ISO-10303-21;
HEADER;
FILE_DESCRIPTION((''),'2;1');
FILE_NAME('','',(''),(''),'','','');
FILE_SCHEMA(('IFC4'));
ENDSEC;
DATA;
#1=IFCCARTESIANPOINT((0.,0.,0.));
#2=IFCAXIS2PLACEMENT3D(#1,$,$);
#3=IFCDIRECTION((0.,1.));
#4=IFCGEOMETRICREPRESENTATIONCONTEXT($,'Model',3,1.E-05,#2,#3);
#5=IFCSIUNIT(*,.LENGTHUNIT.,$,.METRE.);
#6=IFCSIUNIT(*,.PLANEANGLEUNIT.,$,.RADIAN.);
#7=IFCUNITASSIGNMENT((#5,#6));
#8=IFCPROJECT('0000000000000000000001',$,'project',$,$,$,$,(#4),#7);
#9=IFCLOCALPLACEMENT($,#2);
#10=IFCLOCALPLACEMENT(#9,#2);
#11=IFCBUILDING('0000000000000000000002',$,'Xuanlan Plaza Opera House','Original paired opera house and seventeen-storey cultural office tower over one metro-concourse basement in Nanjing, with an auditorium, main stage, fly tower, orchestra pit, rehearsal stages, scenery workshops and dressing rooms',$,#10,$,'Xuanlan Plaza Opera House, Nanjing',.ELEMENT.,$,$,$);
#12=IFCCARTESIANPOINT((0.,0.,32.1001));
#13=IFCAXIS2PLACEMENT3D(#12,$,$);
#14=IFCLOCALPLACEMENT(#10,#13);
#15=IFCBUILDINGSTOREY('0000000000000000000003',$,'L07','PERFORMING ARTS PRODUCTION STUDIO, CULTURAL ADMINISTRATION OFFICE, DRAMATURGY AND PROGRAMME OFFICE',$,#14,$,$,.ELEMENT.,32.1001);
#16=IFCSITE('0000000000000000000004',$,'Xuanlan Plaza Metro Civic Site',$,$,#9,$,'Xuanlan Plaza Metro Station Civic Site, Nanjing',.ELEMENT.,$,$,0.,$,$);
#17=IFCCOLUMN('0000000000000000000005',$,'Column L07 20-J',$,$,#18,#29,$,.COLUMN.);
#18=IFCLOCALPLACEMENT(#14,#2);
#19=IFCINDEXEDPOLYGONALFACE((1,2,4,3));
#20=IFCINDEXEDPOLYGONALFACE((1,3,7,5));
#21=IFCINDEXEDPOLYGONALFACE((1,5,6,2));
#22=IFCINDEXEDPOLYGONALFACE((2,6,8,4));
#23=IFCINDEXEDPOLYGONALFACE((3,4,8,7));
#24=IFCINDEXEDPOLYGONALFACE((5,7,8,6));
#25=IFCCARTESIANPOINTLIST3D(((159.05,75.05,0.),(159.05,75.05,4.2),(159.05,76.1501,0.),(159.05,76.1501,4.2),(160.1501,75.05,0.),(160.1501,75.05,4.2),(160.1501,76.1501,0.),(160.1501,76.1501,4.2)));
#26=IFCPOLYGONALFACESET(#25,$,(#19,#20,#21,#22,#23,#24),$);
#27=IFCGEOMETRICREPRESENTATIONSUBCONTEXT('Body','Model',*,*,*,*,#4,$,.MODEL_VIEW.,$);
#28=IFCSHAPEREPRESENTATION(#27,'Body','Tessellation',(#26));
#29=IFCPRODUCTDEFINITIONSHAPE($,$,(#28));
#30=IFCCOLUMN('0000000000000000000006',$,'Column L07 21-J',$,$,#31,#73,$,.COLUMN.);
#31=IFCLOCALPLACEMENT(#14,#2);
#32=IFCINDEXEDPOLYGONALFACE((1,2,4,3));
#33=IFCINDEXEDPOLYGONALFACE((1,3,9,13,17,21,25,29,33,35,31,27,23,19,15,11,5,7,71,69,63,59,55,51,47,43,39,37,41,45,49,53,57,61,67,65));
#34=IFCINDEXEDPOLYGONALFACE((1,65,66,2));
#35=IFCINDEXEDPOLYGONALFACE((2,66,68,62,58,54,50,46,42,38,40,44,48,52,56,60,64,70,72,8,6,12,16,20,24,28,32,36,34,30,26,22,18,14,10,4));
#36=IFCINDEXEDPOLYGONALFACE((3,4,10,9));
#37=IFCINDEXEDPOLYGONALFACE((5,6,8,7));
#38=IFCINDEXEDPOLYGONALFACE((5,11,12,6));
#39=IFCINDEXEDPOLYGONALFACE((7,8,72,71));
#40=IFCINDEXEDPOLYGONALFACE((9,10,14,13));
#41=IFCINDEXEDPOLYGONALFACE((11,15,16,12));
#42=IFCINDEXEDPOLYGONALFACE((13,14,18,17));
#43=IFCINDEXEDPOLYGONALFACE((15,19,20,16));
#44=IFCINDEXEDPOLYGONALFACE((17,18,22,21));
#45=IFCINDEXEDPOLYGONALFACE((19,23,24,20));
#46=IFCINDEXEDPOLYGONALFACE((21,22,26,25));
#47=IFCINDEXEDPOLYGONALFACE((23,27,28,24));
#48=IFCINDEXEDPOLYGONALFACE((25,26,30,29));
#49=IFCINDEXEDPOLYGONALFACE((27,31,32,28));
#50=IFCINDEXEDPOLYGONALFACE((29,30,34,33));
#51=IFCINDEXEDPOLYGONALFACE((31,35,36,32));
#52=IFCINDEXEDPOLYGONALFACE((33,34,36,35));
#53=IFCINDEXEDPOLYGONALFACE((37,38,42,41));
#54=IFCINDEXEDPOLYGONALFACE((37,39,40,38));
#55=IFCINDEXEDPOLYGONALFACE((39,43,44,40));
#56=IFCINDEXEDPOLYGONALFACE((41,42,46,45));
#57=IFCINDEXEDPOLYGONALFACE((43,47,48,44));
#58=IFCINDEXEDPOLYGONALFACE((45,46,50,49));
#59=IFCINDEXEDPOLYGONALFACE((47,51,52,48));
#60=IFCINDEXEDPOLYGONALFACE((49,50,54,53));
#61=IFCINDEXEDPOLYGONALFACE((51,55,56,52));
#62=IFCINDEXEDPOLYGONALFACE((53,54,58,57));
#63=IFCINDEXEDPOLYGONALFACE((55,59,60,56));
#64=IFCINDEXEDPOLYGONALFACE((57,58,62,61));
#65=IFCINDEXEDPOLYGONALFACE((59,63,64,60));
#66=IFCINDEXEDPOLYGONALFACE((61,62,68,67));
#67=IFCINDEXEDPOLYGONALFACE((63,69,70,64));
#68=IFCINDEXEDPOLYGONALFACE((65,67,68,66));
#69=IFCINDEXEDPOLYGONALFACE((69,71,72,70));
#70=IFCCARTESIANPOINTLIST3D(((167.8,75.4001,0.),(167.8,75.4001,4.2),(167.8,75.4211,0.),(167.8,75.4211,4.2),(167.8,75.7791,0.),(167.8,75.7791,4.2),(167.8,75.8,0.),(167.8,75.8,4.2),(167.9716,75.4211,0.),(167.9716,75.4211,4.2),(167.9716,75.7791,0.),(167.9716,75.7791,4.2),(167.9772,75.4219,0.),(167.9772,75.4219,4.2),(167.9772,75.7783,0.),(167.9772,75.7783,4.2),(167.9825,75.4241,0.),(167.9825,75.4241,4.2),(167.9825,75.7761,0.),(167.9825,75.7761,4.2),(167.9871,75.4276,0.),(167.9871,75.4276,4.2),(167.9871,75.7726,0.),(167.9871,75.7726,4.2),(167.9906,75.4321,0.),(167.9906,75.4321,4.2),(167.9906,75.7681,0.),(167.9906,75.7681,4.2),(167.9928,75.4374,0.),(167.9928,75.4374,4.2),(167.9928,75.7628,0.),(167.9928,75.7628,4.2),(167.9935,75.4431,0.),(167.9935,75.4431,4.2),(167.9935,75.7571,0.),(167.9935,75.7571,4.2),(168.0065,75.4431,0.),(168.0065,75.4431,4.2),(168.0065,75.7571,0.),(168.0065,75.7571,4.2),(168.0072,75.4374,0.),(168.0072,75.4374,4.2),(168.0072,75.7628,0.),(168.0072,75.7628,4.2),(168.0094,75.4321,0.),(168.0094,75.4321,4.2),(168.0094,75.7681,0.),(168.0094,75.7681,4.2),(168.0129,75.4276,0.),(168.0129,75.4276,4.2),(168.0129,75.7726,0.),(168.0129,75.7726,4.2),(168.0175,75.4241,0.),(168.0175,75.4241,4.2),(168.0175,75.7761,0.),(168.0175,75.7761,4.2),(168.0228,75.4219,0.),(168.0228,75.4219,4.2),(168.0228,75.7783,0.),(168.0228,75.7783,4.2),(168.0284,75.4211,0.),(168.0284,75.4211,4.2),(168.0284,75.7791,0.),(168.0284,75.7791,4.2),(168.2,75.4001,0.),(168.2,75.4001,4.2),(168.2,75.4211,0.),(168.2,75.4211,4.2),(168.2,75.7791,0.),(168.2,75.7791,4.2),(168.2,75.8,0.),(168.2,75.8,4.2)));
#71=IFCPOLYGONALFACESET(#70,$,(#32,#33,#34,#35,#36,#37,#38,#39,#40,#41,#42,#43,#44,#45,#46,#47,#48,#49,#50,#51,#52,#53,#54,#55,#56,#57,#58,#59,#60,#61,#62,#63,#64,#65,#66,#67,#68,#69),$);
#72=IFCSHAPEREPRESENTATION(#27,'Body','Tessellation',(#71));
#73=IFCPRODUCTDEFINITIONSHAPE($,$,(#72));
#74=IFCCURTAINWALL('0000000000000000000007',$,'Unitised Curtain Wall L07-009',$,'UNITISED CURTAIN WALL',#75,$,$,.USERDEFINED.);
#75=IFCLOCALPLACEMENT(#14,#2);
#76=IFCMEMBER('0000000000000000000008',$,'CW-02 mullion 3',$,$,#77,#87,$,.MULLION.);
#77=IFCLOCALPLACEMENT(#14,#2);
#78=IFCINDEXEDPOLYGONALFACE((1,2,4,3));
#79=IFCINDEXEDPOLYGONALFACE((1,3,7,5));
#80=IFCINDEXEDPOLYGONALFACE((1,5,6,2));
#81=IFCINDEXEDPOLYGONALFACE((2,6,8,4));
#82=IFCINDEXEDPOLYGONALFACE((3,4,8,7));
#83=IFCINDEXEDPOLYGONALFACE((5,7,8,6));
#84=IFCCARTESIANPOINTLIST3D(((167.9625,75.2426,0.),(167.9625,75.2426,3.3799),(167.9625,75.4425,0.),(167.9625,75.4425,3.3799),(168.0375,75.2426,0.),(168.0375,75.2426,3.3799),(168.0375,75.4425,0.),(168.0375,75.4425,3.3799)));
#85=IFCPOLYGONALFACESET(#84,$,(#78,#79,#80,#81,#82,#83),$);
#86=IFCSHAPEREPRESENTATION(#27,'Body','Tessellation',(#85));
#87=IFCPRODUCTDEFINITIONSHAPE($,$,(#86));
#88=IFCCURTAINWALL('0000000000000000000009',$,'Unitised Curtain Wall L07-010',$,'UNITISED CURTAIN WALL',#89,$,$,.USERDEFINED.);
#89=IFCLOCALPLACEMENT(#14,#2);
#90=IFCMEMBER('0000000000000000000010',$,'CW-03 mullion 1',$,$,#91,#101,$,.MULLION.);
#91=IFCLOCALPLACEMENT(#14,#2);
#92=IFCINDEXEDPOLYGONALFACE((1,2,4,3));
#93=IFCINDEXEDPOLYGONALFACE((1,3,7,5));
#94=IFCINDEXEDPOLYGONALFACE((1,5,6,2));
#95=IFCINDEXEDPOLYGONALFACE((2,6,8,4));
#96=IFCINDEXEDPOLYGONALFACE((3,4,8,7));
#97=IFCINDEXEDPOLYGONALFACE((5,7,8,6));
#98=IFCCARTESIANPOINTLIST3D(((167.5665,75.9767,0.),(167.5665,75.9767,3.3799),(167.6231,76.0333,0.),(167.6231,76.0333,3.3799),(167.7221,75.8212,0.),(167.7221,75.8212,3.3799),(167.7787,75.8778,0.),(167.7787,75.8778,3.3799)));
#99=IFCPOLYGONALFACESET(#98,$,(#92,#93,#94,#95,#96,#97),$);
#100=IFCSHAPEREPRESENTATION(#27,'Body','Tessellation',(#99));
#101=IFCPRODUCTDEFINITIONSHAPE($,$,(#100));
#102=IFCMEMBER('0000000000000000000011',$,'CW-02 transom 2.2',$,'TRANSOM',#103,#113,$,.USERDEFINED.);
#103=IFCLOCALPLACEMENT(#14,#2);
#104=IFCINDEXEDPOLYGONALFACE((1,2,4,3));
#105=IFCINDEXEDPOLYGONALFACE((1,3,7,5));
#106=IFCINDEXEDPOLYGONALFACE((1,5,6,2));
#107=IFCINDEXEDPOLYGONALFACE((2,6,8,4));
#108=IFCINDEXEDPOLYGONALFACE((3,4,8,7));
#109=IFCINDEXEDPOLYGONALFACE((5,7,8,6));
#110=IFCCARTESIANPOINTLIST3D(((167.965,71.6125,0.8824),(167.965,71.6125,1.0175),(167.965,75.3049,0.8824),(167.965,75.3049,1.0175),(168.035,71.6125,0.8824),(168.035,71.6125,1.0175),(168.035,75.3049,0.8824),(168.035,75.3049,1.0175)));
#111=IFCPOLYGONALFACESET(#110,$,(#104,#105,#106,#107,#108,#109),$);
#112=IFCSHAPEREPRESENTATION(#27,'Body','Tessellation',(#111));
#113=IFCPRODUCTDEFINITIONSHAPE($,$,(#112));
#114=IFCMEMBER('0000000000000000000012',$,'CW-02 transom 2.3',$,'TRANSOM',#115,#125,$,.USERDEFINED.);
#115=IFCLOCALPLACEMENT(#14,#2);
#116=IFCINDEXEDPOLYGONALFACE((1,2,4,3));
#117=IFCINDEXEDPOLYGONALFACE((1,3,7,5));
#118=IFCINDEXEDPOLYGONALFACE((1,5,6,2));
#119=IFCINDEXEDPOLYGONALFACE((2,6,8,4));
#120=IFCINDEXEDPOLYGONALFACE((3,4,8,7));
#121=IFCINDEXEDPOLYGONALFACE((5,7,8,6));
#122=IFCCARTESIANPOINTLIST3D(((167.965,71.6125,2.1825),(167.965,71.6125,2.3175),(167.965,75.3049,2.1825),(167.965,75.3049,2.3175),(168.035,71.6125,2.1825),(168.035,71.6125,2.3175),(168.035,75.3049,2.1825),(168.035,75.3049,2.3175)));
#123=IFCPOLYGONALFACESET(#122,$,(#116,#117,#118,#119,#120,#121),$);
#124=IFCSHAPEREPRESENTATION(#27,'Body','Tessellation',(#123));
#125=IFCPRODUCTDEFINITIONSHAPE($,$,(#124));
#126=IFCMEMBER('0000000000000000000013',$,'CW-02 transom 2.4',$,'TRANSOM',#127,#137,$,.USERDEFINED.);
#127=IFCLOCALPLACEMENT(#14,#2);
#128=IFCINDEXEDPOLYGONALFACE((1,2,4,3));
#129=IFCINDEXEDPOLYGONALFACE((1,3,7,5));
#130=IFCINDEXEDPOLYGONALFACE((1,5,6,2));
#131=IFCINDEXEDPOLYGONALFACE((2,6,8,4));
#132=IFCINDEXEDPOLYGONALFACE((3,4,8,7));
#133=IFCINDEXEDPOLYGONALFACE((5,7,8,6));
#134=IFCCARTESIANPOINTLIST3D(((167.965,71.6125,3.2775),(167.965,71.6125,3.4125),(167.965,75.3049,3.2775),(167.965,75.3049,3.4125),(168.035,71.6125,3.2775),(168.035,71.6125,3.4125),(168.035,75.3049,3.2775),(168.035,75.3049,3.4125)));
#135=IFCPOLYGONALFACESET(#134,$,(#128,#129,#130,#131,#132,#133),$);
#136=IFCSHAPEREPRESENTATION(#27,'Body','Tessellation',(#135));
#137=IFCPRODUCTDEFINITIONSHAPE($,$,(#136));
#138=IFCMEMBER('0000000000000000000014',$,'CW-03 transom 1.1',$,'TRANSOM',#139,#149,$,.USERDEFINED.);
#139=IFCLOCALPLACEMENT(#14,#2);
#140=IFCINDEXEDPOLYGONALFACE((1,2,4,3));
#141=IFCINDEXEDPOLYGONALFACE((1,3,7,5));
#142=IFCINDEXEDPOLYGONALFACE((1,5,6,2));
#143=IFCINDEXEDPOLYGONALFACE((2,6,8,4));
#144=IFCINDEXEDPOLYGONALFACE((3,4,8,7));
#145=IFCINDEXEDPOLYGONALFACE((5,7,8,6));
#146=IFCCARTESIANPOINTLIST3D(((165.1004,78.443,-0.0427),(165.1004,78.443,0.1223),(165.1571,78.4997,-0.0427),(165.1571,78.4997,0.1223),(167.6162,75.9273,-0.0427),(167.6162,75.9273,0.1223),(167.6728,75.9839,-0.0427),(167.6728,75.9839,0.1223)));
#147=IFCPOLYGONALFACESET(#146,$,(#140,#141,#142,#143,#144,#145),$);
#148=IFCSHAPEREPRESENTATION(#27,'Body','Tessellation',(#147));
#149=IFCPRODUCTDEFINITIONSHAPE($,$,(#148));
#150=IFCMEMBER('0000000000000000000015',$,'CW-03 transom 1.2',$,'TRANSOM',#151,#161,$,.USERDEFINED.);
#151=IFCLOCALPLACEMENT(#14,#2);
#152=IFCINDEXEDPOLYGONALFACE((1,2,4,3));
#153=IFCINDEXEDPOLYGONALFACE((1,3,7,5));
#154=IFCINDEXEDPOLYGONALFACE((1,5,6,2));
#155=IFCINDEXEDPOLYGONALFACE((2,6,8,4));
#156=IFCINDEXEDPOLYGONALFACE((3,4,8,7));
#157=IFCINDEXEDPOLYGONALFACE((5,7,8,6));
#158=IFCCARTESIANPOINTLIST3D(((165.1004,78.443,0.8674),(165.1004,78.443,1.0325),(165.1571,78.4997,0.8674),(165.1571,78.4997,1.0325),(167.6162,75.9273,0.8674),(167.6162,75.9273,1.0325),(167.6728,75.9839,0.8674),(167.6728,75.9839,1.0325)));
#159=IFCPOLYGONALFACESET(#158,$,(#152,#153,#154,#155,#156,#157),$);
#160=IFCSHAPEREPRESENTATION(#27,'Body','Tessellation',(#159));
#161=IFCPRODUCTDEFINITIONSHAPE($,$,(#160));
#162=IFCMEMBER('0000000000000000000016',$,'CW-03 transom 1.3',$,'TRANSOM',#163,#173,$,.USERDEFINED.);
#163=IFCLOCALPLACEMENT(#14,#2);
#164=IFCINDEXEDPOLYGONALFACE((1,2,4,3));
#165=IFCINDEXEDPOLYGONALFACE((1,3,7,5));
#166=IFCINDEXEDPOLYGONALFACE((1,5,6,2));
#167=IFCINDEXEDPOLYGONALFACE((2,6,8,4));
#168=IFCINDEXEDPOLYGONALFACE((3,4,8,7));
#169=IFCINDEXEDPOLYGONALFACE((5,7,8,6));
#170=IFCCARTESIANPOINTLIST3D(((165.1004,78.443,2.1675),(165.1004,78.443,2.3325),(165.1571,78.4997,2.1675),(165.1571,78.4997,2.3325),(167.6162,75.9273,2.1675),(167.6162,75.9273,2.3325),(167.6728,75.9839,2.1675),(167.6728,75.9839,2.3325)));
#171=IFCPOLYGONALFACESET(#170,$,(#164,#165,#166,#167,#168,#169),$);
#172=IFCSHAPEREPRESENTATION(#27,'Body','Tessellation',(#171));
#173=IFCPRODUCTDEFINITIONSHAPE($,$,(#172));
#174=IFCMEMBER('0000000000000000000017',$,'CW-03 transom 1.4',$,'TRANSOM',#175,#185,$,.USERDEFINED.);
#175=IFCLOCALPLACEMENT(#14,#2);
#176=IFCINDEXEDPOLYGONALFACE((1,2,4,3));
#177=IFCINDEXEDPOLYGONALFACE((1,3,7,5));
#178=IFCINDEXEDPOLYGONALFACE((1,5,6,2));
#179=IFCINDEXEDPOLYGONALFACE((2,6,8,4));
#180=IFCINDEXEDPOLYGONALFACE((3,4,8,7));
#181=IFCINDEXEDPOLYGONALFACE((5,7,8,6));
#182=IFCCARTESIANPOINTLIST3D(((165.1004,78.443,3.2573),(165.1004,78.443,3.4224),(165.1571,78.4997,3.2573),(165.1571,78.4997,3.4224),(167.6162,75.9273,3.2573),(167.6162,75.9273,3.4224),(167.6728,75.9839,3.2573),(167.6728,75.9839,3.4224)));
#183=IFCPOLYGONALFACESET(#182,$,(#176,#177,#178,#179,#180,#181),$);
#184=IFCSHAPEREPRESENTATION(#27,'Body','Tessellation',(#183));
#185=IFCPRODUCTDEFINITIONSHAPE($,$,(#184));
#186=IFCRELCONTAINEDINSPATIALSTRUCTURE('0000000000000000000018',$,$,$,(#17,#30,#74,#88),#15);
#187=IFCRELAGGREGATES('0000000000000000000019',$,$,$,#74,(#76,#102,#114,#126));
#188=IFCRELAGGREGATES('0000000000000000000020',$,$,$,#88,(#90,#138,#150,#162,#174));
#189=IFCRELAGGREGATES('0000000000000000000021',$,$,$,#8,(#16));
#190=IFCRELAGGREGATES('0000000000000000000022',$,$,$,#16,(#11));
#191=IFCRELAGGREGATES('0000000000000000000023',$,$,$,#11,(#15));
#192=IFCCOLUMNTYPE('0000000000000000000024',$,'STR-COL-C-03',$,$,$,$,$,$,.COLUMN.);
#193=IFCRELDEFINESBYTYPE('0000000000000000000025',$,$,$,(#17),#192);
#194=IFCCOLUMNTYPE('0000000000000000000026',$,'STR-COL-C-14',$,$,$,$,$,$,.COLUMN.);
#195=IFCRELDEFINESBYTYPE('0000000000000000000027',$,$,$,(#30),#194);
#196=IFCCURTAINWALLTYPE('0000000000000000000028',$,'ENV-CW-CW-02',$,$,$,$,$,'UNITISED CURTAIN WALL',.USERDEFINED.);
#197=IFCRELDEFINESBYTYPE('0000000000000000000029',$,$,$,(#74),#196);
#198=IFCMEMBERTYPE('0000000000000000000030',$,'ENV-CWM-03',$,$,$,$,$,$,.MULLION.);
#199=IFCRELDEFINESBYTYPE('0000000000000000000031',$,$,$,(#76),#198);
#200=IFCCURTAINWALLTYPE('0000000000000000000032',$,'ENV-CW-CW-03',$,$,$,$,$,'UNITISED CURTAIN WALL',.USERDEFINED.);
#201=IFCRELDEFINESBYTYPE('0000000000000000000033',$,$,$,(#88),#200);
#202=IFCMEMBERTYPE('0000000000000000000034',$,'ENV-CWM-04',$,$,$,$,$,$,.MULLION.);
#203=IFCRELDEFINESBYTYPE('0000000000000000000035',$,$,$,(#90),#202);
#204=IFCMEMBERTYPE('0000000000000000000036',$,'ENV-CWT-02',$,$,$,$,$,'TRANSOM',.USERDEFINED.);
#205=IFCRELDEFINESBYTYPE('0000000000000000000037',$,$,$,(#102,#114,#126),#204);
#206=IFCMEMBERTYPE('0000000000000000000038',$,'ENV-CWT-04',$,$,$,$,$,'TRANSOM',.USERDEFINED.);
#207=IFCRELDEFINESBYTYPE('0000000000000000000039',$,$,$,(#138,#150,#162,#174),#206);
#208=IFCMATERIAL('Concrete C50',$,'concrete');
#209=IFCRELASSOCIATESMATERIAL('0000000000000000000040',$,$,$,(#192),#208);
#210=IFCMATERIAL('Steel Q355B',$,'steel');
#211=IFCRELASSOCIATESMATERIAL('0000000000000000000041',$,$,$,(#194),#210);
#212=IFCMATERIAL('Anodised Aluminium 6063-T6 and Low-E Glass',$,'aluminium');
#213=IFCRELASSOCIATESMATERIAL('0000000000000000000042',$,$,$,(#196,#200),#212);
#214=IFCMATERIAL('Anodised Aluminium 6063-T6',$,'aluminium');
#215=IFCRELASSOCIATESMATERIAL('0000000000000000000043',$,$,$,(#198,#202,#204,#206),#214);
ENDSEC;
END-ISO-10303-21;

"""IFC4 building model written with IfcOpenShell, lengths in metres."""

from ifc_helpers import new_model, si_unit, direction, frame, origin, origin_2d, place, context, subcontext, project, spatial, rectangle, i_section, extrude, material, material_profile, profile_set, type_object, element, aggregate, save


model = new_model("IFC4")

# Units and contexts
model_context = context("Model", 3, precision=1e-05, world=origin(), true_north=direction((0.0, 1.0)))
body_context = subcontext(model_context, "Body", "Model", "MODEL_VIEW")
ifc_project = project(units=[si_unit("LENGTHUNIT", "METRE"), si_unit("PLANEANGLEUNIT", "RADIAN")], contexts=[model_context])

# Site, building, storey
site_placement = place(None, origin())
site = spatial("IfcSite", under=ifc_project, at=site_placement, Name="Xuanlan Plaza Metro Civic Site", LongName="Xuanlan Plaza Metro Station Civic Site, Nanjing", CompositionType="ELEMENT", RefElevation=0.0)
building_placement = place(site_placement, origin())
building = spatial("IfcBuilding", under=site, at=building_placement, Name="Xuanlan Plaza Opera House", Description="Original paired opera house and seventeen-storey cultural office tower over one metro-concourse basement in Nanjing, with an auditorium, main stage, fly tower, orchestra pit, rehearsal stages, scenery workshops and dressing rooms", LongName="Xuanlan Plaza Opera House, Nanjing", CompositionType="ELEMENT")
storey_placement = place(building_placement, frame((0.0, 0.0, 32.1001)))
storey = spatial("IfcBuildingStorey", under=building, at=storey_placement, Name="L07", Description="PERFORMING ARTS PRODUCTION STUDIO, CULTURAL ADMINISTRATION OFFICE, DRAMATURGY AND PROGRAMME OFFICE", CompositionType="ELEMENT", Elevation=32.1001)

# Columns
ifc_material_1 = material(Name="Concrete C50", Category="concrete")
ifc_material_profile_1 = material_profile(ifc_material_1, rectangle(XDim=1.1001, YDim=1.1001, at=origin_2d()), Name="RC-COL 1100x1100")
ifc_profile_set_1 = profile_set([ifc_material_profile_1], Name="Concrete C50")
column_type_1 = type_object("IfcColumnType", Name="STR-COL-C-03", PredefinedType="COLUMN", material=ifc_profile_set_1)
column_1_placement = place(storey_placement, frame((159.6001, 75.6001, 0.0), z_axis=(0.0, 0.0, 1.0), x_axis=(1.0, 0.0, 0.0)))
element("IfcColumn", 1, at=column_1_placement, inside=storey, type_object=column_type_1, Name="Column L07 20-J", PredefinedType="COLUMN", context=body_context, shape_type="SweptSolid", body=[
    extrude(rectangle(XDim=1.1001, YDim=1.1001, at=origin_2d()), origin(), (0.0, 0.0, 1.0), 4.2),
])
ifc_material_2 = material(Name="Steel Q355B", Category="steel")
ifc_material_profile_2 = material_profile(ifc_material_2, i_section(OverallWidth=0.3999, OverallDepth=0.3999, WebThickness=0.0129, FlangeThickness=0.021, FilletRadius=0.022, at=origin_2d()), Name="HW 400x400x13x21")
ifc_profile_set_2 = profile_set([ifc_material_profile_2], Name="Steel Q355B")
column_type_2 = type_object("IfcColumnType", Name="STR-COL-C-14", PredefinedType="COLUMN", material=ifc_profile_set_2)
column_2_placement = place(storey_placement, frame((168.0, 75.6001, 0.0), z_axis=(0.0, 0.0, 1.0), x_axis=(1.0, 0.0, 0.0)))
element("IfcColumn", 2, at=column_2_placement, inside=storey, type_object=column_type_2, Name="Column L07 21-J", PredefinedType="COLUMN", context=body_context, shape_type="SweptSolid", body=[
    extrude(i_section(OverallWidth=0.3999, OverallDepth=0.3999, WebThickness=0.0129, FlangeThickness=0.021, FilletRadius=0.022, at=origin_2d()), origin(), (0.0, 0.0, 1.0), 4.2),
])

# Curtain walls, members
ifc_material_3 = material(Name="Anodised Aluminium 6063-T6 and Low-E Glass", Category="aluminium")
curtain_wall_type_1 = type_object("IfcCurtainWallType", Name="ENV-CW-CW-02", ElementType="UNITISED CURTAIN WALL", PredefinedType="USERDEFINED", material=ifc_material_3)
curtain_wall_1_placement = place(storey_placement, origin())
curtain_wall_1 = element("IfcCurtainWall", 3, at=curtain_wall_1_placement, inside=storey, type_object=curtain_wall_type_1, Name="Unitised Curtain Wall L07-009", ObjectType="UNITISED CURTAIN WALL", PredefinedType="USERDEFINED")
ifc_material_4 = material(Name="Anodised Aluminium 6063-T6", Category="aluminium")
ifc_material_profile_3 = material_profile(ifc_material_4, rectangle(XDim=0.075, YDim=0.2, at=origin_2d()), Name="ALU-M 75x200")
ifc_profile_set_3 = profile_set([ifc_material_profile_3], Name="Anodised Aluminium 6063-T6")
member_type_1 = type_object("IfcMemberType", Name="ENV-CWM-03", PredefinedType="MULLION", material=ifc_profile_set_3)
member_1_placement = place(storey_placement, frame((168.0, 75.3425, 0.0), z_axis=(0.0, 0.0, 1.0), x_axis=(-1.0, 0.0, 0.0)))
member_1 = element("IfcMember", 4, at=member_1_placement, type_object=member_type_1, Name="CW-02 mullion 3", PredefinedType="MULLION", context=body_context, shape_type="SweptSolid", body=[
    extrude(rectangle(XDim=0.075, YDim=0.2, at=origin_2d()), origin(), (0.0, 0.0, 1.0), 3.3799),
])
curtain_wall_type_2 = type_object("IfcCurtainWallType", Name="ENV-CW-CW-03", ElementType="UNITISED CURTAIN WALL", PredefinedType="USERDEFINED", material=ifc_material_3)
curtain_wall_2_placement = place(storey_placement, origin())
curtain_wall_2 = element("IfcCurtainWall", 5, at=curtain_wall_2_placement, inside=storey, type_object=curtain_wall_type_2, Name="Unitised Curtain Wall L07-010", ObjectType="UNITISED CURTAIN WALL", PredefinedType="USERDEFINED")
ifc_material_profile_4 = material_profile(ifc_material_4, rectangle(XDim=0.0801, YDim=0.22, at=origin_2d()), Name="ALU-M 80x220")
ifc_profile_set_4 = profile_set([ifc_material_profile_4], Name="Anodised Aluminium 6063-T6")
member_type_2 = type_object("IfcMemberType", Name="ENV-CWM-04", PredefinedType="MULLION", material=ifc_profile_set_4)
member_2_placement = place(storey_placement, frame((167.6726, 75.9272, 0.0), z_axis=(0.0, 0.0, 1.0), x_axis=(-0.707107, -0.707107, 0.0)))
member_2 = element("IfcMember", 6, at=member_2_placement, type_object=member_type_2, Name="CW-03 mullion 1", PredefinedType="MULLION", context=body_context, shape_type="SweptSolid", body=[
    extrude(rectangle(XDim=0.0801, YDim=0.22, at=origin_2d()), origin(), (0.0, 0.0, 1.0), 3.3799),
])

# Members
ifc_material_profile_5 = material_profile(ifc_material_4, rectangle(XDim=0.0701, YDim=0.135, at=origin_2d()), Name="ALU-T 70x135")
ifc_profile_set_5 = profile_set([ifc_material_profile_5], Name="Anodised Aluminium 6063-T6")
member_type_3 = type_object("IfcMemberType", Name="ENV-CWT-02", ElementType="TRANSOM", PredefinedType="USERDEFINED", material=ifc_profile_set_5)
member_3_placement = place(storey_placement, frame((168.0, 71.6125, 0.95), z_axis=(0.0, 1.0, 0.0), x_axis=(-1.0, 0.0, 0.0)))
member_3 = element("IfcMember", 7, at=member_3_placement, type_object=member_type_3, Name="CW-02 transom 2.2", ObjectType="TRANSOM", PredefinedType="USERDEFINED", context=body_context, shape_type="SweptSolid", body=[
    extrude(rectangle(XDim=0.0701, YDim=0.135, at=origin_2d()), origin(), (0.0, 0.0, 1.0), 3.6924),
])
member_4_placement = place(storey_placement, frame((168.0, 71.6125, 2.25), z_axis=(0.0, 1.0, 0.0), x_axis=(-1.0, 0.0, 0.0)))
member_4 = element("IfcMember", 8, at=member_4_placement, type_object=member_type_3, Name="CW-02 transom 2.3", ObjectType="TRANSOM", PredefinedType="USERDEFINED", context=body_context, shape_type="SweptSolid", body=[
    extrude(rectangle(XDim=0.0701, YDim=0.135, at=origin_2d()), origin(), (0.0, 0.0, 1.0), 3.6924),
])
member_5_placement = place(storey_placement, frame((168.0, 71.6125, 3.345), z_axis=(0.0, 1.0, 0.0), x_axis=(-1.0, 0.0, 0.0)))
member_5 = element("IfcMember", 9, at=member_5_placement, type_object=member_type_3, Name="CW-02 transom 2.4", ObjectType="TRANSOM", PredefinedType="USERDEFINED", context=body_context, shape_type="SweptSolid", body=[
    extrude(rectangle(XDim=0.0701, YDim=0.135, at=origin_2d()), origin(), (0.0, 0.0, 1.0), 3.6924),
])
ifc_material_profile_6 = material_profile(ifc_material_4, rectangle(XDim=0.0801, YDim=0.165, at=origin_2d()), Name="ALU-T 80x165")
ifc_profile_set_6 = profile_set([ifc_material_profile_6], Name="Anodised Aluminium 6063-T6")
member_type_4 = type_object("IfcMemberType", Name="ENV-CWT-04", ElementType="TRANSOM", PredefinedType="USERDEFINED", material=ifc_profile_set_6)
member_6_placement = place(storey_placement, frame((167.6445, 75.9556, 0.0398), z_axis=(-0.707107, 0.707107, 0.0), x_axis=(-0.707107, -0.707107, 0.0)))
member_6 = element("IfcMember", 10, at=member_6_placement, type_object=member_type_4, Name="CW-03 transom 1.1", ObjectType="TRANSOM", PredefinedType="USERDEFINED", context=body_context, shape_type="SweptSolid", body=[
    extrude(rectangle(XDim=0.0801, YDim=0.165, at=origin_2d()), origin(), (0.0, 0.0, 1.0), 3.5579),
])
member_7_placement = place(storey_placement, frame((167.6445, 75.9556, 0.95), z_axis=(-0.707107, 0.707107, 0.0), x_axis=(-0.707107, -0.707107, 0.0)))
member_7 = element("IfcMember", 11, at=member_7_placement, type_object=member_type_4, Name="CW-03 transom 1.2", ObjectType="TRANSOM", PredefinedType="USERDEFINED", context=body_context, shape_type="SweptSolid", body=[
    extrude(rectangle(XDim=0.0801, YDim=0.165, at=origin_2d()), origin(), (0.0, 0.0, 1.0), 3.5579),
])
member_8_placement = place(storey_placement, frame((167.6445, 75.9556, 2.25), z_axis=(-0.707107, 0.707107, 0.0), x_axis=(-0.707107, -0.707107, 0.0)))
member_8 = element("IfcMember", 12, at=member_8_placement, type_object=member_type_4, Name="CW-03 transom 1.3", ObjectType="TRANSOM", PredefinedType="USERDEFINED", context=body_context, shape_type="SweptSolid", body=[
    extrude(rectangle(XDim=0.0801, YDim=0.165, at=origin_2d()), origin(), (0.0, 0.0, 1.0), 3.5579),
])
member_9_placement = place(storey_placement, frame((167.6445, 75.9556, 3.3398), z_axis=(-0.707107, 0.707107, 0.0), x_axis=(-0.707107, -0.707107, 0.0)))
member_9 = element("IfcMember", 13, at=member_9_placement, type_object=member_type_4, Name="CW-03 transom 1.4", ObjectType="TRANSOM", PredefinedType="USERDEFINED", context=body_context, shape_type="SweptSolid", body=[
    extrude(rectangle(XDim=0.0801, YDim=0.165, at=origin_2d()), origin(), (0.0, 0.0, 1.0), 3.5579),
])

aggregate(curtain_wall_1, [member_1, member_3, member_4, member_5])
aggregate(curtain_wall_2, [member_2, member_6, member_7, member_8, member_9])

save(model, "model.ifc")
